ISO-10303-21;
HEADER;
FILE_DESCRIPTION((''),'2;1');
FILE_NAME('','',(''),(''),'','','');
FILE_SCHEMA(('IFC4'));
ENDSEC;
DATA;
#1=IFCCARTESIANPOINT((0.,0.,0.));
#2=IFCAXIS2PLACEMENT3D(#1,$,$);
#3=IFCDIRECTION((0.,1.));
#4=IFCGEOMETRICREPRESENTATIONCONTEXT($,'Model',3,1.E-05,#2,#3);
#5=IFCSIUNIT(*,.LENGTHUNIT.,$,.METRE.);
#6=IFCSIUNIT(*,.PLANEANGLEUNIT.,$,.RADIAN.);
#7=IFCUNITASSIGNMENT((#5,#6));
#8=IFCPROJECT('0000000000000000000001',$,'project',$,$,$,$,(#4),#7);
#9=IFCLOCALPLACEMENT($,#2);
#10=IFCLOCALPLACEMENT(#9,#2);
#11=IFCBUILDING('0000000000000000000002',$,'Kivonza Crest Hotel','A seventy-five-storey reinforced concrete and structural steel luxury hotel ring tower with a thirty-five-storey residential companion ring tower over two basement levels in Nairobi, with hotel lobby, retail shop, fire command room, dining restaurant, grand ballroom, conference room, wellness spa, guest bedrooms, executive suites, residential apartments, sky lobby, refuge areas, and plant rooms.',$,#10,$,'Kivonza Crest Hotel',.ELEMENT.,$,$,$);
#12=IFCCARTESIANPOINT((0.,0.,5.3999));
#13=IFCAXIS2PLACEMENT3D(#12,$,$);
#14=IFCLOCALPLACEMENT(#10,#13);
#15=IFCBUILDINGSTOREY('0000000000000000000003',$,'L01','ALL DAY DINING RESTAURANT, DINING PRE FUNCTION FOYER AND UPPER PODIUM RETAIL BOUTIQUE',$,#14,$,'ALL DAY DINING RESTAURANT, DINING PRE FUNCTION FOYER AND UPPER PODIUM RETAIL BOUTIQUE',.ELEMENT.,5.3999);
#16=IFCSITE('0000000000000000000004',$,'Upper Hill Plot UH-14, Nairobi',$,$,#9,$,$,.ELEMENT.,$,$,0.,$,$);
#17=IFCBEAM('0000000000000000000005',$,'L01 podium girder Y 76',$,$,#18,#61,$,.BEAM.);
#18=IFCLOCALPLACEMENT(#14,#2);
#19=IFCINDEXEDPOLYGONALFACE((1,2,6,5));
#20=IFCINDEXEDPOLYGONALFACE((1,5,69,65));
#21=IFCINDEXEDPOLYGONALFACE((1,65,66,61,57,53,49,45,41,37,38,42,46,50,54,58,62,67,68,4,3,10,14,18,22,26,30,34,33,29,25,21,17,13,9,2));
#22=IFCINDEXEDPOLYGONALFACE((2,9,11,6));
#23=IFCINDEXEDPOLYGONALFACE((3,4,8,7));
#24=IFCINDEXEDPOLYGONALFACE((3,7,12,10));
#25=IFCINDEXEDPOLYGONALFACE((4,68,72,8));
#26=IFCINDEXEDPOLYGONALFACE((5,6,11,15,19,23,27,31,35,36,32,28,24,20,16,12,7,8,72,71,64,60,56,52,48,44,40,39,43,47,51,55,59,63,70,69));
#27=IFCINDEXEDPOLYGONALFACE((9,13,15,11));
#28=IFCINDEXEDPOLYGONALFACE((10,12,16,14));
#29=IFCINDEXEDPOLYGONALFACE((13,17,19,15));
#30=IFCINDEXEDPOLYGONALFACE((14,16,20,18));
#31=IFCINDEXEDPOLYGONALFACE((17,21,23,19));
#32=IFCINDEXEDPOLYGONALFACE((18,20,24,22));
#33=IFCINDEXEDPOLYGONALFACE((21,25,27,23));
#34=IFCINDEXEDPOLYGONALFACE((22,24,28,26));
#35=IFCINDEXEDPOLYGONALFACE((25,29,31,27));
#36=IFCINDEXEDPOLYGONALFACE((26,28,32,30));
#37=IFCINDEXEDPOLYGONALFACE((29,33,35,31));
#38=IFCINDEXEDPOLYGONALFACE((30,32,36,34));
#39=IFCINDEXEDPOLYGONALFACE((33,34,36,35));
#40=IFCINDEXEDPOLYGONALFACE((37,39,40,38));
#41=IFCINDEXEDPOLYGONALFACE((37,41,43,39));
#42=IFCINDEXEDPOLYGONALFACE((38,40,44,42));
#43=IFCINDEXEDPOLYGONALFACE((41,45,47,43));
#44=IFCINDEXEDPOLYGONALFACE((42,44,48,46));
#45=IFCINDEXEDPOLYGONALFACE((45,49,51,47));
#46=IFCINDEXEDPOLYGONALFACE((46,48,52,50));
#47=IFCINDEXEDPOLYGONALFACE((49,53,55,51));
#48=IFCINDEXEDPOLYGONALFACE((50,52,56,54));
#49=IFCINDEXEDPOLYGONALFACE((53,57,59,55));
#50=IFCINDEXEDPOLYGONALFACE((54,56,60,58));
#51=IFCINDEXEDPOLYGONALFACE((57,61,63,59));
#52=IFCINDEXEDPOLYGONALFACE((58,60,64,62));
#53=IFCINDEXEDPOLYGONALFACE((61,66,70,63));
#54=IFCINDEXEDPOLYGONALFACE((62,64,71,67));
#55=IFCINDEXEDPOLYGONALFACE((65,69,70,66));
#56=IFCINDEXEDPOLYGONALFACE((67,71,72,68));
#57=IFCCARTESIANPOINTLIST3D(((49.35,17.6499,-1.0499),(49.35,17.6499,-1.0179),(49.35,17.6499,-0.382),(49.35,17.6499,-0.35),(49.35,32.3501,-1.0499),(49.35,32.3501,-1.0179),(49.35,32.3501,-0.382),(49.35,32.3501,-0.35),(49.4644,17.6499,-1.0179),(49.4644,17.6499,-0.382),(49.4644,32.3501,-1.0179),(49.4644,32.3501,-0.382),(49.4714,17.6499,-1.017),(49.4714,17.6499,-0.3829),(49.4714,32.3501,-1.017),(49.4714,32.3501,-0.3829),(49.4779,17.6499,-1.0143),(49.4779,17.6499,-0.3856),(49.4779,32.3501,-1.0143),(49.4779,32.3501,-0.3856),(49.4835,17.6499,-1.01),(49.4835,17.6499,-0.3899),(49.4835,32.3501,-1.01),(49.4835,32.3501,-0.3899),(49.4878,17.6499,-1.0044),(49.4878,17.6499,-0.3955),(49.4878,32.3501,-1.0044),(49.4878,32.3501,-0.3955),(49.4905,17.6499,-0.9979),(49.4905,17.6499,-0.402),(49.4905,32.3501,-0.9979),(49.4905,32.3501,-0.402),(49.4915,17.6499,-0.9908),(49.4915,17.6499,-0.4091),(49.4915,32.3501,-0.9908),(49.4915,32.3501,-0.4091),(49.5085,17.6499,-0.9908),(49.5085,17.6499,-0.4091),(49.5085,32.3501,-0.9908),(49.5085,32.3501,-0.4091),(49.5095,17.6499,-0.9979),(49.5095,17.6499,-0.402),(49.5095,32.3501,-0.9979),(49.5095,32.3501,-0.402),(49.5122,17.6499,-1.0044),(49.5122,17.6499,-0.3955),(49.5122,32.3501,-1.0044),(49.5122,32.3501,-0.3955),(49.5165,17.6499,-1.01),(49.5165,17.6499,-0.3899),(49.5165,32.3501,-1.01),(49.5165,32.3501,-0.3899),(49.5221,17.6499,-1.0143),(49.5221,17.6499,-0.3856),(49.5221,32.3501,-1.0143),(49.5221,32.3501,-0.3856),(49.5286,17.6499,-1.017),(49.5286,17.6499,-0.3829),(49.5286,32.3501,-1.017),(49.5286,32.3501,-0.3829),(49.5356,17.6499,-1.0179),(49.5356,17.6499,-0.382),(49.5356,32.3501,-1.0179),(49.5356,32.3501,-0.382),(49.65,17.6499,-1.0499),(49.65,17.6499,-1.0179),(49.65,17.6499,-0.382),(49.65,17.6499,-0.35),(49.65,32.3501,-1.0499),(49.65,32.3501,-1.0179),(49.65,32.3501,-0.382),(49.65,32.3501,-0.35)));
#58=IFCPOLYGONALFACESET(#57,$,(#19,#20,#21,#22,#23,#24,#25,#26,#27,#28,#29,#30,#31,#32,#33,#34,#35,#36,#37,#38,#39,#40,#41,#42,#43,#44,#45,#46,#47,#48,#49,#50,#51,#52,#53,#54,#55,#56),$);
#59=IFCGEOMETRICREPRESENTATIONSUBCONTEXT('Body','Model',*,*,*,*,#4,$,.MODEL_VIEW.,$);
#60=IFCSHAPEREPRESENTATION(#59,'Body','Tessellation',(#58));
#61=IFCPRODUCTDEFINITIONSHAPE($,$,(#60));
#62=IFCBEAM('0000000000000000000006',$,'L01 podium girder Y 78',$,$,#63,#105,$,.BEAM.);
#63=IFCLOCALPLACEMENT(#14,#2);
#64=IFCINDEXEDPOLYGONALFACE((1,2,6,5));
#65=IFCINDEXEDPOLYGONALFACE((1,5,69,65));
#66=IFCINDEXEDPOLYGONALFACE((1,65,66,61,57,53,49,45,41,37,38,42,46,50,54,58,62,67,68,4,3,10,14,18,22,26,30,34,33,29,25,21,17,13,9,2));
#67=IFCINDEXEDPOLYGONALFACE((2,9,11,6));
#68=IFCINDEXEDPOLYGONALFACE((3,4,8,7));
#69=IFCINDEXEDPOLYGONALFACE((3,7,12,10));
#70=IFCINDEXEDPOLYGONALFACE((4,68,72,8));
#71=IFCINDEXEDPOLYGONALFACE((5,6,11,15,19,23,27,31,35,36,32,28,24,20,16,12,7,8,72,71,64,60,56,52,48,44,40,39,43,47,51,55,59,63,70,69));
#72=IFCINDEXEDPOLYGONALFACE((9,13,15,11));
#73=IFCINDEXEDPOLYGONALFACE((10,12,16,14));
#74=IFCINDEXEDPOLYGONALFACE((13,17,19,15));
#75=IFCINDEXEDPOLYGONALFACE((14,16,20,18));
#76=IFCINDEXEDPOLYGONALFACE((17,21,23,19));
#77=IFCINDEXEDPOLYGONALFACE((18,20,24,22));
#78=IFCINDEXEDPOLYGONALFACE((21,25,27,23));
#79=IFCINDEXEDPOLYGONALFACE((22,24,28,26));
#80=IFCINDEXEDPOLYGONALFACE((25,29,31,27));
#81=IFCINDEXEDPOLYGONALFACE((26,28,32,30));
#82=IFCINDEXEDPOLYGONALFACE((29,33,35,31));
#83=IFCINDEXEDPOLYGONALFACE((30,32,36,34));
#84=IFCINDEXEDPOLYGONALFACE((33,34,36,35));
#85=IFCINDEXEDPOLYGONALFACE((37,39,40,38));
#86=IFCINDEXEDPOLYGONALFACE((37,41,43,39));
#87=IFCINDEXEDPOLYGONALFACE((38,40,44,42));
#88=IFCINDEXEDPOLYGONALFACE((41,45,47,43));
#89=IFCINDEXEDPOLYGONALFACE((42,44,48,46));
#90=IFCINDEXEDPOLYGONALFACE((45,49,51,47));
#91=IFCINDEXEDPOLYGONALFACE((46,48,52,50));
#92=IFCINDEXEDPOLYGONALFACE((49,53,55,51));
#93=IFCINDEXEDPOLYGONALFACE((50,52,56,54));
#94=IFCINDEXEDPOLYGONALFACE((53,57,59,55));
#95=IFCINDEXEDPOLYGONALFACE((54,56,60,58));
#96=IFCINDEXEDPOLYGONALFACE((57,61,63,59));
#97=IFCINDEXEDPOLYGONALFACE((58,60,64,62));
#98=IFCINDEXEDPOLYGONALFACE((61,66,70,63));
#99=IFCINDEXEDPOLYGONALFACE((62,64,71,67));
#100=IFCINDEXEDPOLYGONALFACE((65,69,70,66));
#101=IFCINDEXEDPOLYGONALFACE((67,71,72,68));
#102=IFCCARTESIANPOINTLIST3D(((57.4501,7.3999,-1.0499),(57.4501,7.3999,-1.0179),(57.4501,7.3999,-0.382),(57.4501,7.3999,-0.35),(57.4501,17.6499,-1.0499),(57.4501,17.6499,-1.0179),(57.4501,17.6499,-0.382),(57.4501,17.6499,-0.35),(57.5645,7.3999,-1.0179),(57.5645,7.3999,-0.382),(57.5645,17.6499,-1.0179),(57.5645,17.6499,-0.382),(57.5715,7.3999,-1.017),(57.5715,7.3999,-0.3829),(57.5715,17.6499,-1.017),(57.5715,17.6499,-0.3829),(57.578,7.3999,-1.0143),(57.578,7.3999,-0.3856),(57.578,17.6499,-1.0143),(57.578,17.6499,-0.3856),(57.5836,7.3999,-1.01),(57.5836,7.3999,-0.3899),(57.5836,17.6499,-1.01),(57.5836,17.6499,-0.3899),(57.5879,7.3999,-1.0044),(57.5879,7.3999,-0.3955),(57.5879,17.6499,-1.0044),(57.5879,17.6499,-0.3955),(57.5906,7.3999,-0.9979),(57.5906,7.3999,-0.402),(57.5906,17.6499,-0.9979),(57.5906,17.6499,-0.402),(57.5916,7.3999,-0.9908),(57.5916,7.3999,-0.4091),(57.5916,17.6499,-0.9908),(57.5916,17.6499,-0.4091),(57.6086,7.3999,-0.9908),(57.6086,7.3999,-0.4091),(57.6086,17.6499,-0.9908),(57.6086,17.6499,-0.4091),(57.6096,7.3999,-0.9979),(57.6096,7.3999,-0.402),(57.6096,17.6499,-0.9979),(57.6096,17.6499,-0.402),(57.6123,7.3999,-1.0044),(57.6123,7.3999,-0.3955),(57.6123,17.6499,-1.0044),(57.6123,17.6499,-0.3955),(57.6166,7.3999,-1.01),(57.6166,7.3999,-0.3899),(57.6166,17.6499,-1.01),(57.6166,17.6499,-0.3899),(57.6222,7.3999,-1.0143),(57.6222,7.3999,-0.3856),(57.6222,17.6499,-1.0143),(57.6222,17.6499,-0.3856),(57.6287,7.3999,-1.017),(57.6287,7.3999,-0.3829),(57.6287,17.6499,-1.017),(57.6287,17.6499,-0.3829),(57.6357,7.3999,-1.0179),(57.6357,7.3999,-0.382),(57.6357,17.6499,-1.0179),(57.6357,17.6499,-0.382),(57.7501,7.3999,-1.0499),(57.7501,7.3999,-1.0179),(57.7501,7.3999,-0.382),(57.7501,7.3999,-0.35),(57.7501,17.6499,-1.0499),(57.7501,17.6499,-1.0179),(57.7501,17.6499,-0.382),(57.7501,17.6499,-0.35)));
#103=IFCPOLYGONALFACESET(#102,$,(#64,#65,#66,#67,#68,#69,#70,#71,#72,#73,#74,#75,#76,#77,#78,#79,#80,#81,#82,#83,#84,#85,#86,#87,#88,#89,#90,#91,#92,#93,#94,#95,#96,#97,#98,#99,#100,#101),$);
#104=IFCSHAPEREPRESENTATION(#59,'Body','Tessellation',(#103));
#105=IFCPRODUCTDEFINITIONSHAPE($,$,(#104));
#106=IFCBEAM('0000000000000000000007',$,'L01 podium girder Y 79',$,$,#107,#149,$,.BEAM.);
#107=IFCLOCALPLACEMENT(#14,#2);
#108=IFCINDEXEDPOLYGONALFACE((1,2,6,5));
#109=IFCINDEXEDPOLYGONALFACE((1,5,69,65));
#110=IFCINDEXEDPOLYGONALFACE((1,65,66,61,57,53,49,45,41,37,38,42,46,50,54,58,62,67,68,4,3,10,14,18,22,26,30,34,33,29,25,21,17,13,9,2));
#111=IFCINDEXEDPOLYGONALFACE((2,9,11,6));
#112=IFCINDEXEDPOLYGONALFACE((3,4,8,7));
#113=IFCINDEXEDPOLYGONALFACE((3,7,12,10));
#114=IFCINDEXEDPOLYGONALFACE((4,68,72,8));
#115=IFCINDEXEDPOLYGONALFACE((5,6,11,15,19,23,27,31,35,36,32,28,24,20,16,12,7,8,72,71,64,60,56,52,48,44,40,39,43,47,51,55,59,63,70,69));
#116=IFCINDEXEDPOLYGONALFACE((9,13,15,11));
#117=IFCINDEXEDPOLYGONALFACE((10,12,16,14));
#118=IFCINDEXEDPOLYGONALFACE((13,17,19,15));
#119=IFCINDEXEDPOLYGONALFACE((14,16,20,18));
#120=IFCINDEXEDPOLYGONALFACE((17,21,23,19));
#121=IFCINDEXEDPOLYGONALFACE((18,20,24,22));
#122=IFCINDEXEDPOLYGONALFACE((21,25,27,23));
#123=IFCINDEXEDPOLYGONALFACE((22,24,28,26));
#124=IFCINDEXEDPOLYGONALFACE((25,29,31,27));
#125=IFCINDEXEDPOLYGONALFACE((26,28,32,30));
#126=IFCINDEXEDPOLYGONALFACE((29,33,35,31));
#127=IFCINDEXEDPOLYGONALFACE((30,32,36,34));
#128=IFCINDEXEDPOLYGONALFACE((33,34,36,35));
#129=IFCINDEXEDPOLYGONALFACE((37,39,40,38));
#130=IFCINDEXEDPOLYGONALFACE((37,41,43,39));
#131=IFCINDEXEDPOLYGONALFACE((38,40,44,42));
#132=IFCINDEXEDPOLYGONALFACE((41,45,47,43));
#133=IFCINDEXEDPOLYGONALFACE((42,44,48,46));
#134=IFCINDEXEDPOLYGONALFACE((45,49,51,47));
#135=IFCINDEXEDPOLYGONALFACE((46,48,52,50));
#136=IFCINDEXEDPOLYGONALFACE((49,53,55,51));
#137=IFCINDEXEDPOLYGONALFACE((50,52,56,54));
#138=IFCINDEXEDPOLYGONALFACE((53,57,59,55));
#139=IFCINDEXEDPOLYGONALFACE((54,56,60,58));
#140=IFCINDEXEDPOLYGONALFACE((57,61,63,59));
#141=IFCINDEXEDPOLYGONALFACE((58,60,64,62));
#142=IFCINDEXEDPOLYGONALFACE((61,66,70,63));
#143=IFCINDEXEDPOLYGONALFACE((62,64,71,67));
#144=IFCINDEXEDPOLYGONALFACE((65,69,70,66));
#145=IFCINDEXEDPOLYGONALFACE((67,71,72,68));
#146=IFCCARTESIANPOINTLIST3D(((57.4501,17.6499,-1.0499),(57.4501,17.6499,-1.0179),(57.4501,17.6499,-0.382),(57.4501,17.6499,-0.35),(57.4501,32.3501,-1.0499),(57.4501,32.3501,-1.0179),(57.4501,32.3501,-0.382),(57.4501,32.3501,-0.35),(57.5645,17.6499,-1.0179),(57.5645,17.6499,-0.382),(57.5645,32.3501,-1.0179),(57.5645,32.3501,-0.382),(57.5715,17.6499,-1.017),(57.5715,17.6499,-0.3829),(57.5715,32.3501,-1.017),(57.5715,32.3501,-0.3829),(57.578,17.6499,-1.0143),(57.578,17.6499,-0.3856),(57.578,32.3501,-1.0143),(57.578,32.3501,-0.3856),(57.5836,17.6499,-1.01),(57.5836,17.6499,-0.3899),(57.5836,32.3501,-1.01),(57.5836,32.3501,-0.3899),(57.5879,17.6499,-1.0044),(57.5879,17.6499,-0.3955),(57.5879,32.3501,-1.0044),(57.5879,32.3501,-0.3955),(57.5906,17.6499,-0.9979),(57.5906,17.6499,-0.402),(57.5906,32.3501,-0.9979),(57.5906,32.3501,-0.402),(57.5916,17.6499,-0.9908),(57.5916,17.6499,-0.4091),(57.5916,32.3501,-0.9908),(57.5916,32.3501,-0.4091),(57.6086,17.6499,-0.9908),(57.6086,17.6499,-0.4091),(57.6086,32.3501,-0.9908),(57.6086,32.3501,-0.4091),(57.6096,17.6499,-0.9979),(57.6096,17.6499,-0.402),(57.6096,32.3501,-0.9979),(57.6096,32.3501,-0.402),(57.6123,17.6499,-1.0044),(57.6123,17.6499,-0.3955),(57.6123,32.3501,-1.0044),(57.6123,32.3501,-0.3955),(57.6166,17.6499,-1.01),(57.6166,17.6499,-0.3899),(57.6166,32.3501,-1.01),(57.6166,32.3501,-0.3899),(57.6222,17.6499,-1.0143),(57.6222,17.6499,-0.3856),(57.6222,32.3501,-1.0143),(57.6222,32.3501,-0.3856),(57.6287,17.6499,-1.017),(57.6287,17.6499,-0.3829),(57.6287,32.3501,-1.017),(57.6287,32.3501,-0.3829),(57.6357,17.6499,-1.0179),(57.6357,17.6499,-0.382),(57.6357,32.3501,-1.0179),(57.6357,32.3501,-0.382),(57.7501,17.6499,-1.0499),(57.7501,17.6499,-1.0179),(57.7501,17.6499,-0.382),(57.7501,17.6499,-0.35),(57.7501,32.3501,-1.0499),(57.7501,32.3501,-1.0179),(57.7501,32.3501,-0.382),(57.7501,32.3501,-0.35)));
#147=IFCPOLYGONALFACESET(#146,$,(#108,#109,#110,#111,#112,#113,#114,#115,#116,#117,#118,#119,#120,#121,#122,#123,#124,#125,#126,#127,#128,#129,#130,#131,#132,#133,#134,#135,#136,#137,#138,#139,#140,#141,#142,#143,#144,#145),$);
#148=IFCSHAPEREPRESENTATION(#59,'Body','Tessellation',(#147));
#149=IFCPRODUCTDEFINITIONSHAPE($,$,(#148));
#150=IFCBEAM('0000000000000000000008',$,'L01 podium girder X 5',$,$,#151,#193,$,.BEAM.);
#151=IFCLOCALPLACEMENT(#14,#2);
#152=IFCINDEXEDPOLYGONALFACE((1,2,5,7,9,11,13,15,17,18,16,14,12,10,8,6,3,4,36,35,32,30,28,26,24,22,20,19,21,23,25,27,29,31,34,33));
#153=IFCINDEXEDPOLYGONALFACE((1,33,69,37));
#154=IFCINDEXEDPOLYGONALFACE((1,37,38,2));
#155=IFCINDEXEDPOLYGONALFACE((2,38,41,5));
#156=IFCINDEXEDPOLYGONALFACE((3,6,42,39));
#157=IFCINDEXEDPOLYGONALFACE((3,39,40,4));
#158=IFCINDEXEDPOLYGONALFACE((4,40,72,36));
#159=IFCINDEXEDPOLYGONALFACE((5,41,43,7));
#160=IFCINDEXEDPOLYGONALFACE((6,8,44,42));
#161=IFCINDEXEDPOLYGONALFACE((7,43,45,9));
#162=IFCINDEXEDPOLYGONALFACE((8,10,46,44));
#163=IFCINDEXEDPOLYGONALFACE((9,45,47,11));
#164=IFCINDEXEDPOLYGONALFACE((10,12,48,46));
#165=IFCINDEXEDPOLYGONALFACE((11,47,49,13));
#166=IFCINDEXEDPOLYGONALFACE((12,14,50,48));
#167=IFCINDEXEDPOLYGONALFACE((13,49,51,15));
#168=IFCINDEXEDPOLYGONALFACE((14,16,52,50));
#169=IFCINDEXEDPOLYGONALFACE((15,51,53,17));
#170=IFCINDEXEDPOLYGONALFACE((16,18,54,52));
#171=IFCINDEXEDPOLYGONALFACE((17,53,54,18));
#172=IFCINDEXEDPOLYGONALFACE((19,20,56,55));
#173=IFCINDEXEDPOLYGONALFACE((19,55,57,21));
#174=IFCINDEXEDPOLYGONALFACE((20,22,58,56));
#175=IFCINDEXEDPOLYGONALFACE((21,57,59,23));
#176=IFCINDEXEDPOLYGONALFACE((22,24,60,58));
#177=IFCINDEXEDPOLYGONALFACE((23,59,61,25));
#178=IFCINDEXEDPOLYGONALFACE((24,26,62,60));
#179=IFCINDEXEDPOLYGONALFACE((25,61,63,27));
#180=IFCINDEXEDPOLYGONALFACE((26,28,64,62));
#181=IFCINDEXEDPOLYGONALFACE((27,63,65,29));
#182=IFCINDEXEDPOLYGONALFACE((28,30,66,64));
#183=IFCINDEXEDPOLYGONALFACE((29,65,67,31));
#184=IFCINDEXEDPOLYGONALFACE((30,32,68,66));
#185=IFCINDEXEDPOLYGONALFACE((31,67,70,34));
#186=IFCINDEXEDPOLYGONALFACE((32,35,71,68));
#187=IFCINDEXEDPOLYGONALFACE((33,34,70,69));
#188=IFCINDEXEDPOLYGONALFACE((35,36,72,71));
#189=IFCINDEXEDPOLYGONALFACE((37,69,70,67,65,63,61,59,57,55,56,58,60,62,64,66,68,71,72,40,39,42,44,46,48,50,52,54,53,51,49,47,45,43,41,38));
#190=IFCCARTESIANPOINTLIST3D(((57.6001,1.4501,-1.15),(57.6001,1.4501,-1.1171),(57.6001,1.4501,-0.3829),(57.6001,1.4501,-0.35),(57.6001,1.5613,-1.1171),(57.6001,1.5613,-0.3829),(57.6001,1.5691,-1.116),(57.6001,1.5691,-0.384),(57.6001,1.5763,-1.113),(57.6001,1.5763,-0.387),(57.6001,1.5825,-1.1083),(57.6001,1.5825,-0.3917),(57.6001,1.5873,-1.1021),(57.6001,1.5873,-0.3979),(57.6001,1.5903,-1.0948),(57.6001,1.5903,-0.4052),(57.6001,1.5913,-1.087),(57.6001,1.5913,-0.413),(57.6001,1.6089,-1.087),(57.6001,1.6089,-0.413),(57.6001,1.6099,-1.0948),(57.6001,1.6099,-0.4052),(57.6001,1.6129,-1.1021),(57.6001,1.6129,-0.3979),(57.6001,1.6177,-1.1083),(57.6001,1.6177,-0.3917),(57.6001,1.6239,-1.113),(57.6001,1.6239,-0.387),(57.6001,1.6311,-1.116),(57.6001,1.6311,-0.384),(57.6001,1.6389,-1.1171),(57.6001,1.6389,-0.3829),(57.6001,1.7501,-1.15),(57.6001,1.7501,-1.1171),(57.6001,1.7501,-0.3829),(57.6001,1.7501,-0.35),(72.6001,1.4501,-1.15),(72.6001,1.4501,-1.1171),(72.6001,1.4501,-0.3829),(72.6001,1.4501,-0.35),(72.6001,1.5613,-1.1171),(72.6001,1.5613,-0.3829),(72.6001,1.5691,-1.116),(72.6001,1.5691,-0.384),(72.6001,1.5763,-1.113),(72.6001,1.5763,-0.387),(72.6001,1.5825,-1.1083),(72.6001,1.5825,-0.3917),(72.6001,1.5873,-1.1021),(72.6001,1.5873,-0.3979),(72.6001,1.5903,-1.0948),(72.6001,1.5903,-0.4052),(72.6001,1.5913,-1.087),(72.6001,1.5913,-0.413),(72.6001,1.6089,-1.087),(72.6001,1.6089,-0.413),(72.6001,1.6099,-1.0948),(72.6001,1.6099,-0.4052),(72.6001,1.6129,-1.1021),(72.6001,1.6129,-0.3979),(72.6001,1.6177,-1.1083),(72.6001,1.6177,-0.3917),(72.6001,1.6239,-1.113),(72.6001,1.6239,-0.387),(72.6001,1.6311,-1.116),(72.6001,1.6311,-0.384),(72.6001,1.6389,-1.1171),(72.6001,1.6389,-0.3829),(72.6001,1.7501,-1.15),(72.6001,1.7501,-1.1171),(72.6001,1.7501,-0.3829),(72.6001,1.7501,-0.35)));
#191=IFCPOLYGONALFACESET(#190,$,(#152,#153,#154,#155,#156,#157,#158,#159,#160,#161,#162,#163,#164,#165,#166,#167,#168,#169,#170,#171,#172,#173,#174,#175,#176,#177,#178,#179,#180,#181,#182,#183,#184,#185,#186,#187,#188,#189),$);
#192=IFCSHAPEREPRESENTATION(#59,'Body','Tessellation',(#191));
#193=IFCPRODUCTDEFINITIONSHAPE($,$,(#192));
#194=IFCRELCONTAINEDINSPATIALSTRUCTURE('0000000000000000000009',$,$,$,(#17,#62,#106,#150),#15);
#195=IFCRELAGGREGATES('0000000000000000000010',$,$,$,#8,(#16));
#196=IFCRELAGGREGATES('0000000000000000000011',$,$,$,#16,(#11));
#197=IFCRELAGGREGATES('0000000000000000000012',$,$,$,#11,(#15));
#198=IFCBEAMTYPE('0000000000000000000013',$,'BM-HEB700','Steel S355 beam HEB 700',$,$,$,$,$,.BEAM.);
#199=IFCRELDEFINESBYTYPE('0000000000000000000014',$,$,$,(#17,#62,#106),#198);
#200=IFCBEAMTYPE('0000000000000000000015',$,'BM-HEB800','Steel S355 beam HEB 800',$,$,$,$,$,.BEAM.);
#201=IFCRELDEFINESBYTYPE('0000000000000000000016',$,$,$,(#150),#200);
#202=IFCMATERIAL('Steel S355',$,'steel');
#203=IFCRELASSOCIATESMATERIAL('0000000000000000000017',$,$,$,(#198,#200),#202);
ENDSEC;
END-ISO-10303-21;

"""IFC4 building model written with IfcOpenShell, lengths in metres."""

from ifc_helpers import new_model, si_unit, direction, frame, origin, origin_2d, place, context, subcontext, project, spatial, i_section, extrude, material, material_profile, profile_set, type_object, element, save


model = new_model("IFC4")

# Units and contexts
model_context = context("Model", 3, precision=1e-05, world=origin(), true_north=direction((0.0, 1.0)))
body_context = subcontext(model_context, "Body", "Model", "MODEL_VIEW")
ifc_project = project(units=[si_unit("LENGTHUNIT", "METRE"), si_unit("PLANEANGLEUNIT", "RADIAN")], contexts=[model_context])

# Site, building, storey
site_placement = place(None, origin())
site = spatial("IfcSite", under=ifc_project, at=site_placement, Name="Upper Hill Plot UH-14, Nairobi", CompositionType="ELEMENT", RefElevation=0.0)
building_placement = place(site_placement, origin())
building = spatial("IfcBuilding", under=site, at=building_placement, Name="Kivonza Crest Hotel", Description="A seventy-five-storey reinforced concrete and structural steel luxury hotel ring tower with a thirty-five-storey residential companion ring tower over two basement levels in Nairobi, with hotel lobby, retail shop, fire command room, dining restaurant, grand ballroom, conference room, wellness spa, guest bedrooms, executive suites, residential apartments, sky lobby, refuge areas, and plant rooms.", LongName="Kivonza Crest Hotel", CompositionType="ELEMENT")
storey_placement = place(building_placement, frame((0.0, 0.0, 5.3999)))
storey = spatial("IfcBuildingStorey", under=building, at=storey_placement, Name="L01", Description="ALL DAY DINING RESTAURANT, DINING PRE FUNCTION FOYER AND UPPER PODIUM RETAIL BOUTIQUE", LongName="ALL DAY DINING RESTAURANT, DINING PRE FUNCTION FOYER AND UPPER PODIUM RETAIL BOUTIQUE", CompositionType="ELEMENT", Elevation=5.3999)

# Beams
ifc_material_1 = material(Name="Steel S355", Category="steel")
ifc_material_profile_1 = material_profile(ifc_material_1, i_section(OverallWidth=0.3, OverallDepth=0.7, WebThickness=0.0171, FlangeThickness=0.032, FilletRadius=0.0271, at=origin_2d()), Name="HEB 700")
ifc_profile_set_1 = profile_set([ifc_material_profile_1], Name="Steel S355")
beam_type_1 = type_object("IfcBeamType", Name="BM-HEB700", Description="Steel S355 beam HEB 700", PredefinedType="BEAM", material=ifc_profile_set_1)
beam_1_placement = place(storey_placement, frame((49.5, 17.6499, -0.7), z_axis=(0.0, 1.0, 0.0), x_axis=(-1.0, 0.0, 0.0)))
element("IfcBeam", 1, at=beam_1_placement, inside=storey, type_object=beam_type_1, Name="L01 podium girder Y 76", PredefinedType="BEAM", context=body_context, shape_type="SweptSolid", body=[
    extrude(i_section(OverallWidth=0.3, OverallDepth=0.7, WebThickness=0.0171, FlangeThickness=0.032, FilletRadius=0.0271, at=origin_2d()), origin(), (0.0, 0.0, 1.0), 14.7002),
])
beam_2_placement = place(storey_placement, frame((57.6001, 7.3999, -0.7), z_axis=(0.0, 1.0, 0.0), x_axis=(-1.0, 0.0, 0.0)))
element("IfcBeam", 2, at=beam_2_placement, inside=storey, type_object=beam_type_1, Name="L01 podium girder Y 78", PredefinedType="BEAM", context=body_context, shape_type="SweptSolid", body=[
    extrude(i_section(OverallWidth=0.3, OverallDepth=0.7, WebThickness=0.0171, FlangeThickness=0.032, FilletRadius=0.0271, at=origin_2d()), origin(), (0.0, 0.0, 1.0), 10.25),
])
beam_3_placement = place(storey_placement, frame((57.6001, 17.6499, -0.7), z_axis=(0.0, 1.0, 0.0), x_axis=(-1.0, 0.0, 0.0)))
element("IfcBeam", 3, at=beam_3_placement, inside=storey, type_object=beam_type_1, Name="L01 podium girder Y 79", PredefinedType="BEAM", context=body_context, shape_type="SweptSolid", body=[
    extrude(i_section(OverallWidth=0.3, OverallDepth=0.7, WebThickness=0.0171, FlangeThickness=0.032, FilletRadius=0.0271, at=origin_2d()), origin(), (0.0, 0.0, 1.0), 14.7002),
])
ifc_material_profile_2 = material_profile(ifc_material_1, i_section(OverallWidth=0.3, OverallDepth=0.8, WebThickness=0.0176, FlangeThickness=0.033, FilletRadius=0.03, at=origin_2d()), Name="HEB 800")
ifc_profile_set_2 = profile_set([ifc_material_profile_2], Name="Steel S355")
beam_type_2 = type_object("IfcBeamType", Name="BM-HEB800", Description="Steel S355 beam HEB 800", PredefinedType="BEAM", material=ifc_profile_set_2)
beam_4_placement = place(storey_placement, frame((57.6001, 1.6001, -0.75), z_axis=(1.0, 0.0, 0.0), x_axis=(0.0, 1.0, 0.0)))
element("IfcBeam", 4, at=beam_4_placement, inside=storey, type_object=beam_type_2, Name="L01 podium girder X 5", PredefinedType="BEAM", context=body_context, shape_type="SweptSolid", body=[
    extrude(i_section(OverallWidth=0.3, OverallDepth=0.8, WebThickness=0.0176, FlangeThickness=0.033, FilletRadius=0.03, at=origin_2d()), origin(), (0.0, 0.0, 1.0), 15.0),
])

save(model, "model.ifc")
